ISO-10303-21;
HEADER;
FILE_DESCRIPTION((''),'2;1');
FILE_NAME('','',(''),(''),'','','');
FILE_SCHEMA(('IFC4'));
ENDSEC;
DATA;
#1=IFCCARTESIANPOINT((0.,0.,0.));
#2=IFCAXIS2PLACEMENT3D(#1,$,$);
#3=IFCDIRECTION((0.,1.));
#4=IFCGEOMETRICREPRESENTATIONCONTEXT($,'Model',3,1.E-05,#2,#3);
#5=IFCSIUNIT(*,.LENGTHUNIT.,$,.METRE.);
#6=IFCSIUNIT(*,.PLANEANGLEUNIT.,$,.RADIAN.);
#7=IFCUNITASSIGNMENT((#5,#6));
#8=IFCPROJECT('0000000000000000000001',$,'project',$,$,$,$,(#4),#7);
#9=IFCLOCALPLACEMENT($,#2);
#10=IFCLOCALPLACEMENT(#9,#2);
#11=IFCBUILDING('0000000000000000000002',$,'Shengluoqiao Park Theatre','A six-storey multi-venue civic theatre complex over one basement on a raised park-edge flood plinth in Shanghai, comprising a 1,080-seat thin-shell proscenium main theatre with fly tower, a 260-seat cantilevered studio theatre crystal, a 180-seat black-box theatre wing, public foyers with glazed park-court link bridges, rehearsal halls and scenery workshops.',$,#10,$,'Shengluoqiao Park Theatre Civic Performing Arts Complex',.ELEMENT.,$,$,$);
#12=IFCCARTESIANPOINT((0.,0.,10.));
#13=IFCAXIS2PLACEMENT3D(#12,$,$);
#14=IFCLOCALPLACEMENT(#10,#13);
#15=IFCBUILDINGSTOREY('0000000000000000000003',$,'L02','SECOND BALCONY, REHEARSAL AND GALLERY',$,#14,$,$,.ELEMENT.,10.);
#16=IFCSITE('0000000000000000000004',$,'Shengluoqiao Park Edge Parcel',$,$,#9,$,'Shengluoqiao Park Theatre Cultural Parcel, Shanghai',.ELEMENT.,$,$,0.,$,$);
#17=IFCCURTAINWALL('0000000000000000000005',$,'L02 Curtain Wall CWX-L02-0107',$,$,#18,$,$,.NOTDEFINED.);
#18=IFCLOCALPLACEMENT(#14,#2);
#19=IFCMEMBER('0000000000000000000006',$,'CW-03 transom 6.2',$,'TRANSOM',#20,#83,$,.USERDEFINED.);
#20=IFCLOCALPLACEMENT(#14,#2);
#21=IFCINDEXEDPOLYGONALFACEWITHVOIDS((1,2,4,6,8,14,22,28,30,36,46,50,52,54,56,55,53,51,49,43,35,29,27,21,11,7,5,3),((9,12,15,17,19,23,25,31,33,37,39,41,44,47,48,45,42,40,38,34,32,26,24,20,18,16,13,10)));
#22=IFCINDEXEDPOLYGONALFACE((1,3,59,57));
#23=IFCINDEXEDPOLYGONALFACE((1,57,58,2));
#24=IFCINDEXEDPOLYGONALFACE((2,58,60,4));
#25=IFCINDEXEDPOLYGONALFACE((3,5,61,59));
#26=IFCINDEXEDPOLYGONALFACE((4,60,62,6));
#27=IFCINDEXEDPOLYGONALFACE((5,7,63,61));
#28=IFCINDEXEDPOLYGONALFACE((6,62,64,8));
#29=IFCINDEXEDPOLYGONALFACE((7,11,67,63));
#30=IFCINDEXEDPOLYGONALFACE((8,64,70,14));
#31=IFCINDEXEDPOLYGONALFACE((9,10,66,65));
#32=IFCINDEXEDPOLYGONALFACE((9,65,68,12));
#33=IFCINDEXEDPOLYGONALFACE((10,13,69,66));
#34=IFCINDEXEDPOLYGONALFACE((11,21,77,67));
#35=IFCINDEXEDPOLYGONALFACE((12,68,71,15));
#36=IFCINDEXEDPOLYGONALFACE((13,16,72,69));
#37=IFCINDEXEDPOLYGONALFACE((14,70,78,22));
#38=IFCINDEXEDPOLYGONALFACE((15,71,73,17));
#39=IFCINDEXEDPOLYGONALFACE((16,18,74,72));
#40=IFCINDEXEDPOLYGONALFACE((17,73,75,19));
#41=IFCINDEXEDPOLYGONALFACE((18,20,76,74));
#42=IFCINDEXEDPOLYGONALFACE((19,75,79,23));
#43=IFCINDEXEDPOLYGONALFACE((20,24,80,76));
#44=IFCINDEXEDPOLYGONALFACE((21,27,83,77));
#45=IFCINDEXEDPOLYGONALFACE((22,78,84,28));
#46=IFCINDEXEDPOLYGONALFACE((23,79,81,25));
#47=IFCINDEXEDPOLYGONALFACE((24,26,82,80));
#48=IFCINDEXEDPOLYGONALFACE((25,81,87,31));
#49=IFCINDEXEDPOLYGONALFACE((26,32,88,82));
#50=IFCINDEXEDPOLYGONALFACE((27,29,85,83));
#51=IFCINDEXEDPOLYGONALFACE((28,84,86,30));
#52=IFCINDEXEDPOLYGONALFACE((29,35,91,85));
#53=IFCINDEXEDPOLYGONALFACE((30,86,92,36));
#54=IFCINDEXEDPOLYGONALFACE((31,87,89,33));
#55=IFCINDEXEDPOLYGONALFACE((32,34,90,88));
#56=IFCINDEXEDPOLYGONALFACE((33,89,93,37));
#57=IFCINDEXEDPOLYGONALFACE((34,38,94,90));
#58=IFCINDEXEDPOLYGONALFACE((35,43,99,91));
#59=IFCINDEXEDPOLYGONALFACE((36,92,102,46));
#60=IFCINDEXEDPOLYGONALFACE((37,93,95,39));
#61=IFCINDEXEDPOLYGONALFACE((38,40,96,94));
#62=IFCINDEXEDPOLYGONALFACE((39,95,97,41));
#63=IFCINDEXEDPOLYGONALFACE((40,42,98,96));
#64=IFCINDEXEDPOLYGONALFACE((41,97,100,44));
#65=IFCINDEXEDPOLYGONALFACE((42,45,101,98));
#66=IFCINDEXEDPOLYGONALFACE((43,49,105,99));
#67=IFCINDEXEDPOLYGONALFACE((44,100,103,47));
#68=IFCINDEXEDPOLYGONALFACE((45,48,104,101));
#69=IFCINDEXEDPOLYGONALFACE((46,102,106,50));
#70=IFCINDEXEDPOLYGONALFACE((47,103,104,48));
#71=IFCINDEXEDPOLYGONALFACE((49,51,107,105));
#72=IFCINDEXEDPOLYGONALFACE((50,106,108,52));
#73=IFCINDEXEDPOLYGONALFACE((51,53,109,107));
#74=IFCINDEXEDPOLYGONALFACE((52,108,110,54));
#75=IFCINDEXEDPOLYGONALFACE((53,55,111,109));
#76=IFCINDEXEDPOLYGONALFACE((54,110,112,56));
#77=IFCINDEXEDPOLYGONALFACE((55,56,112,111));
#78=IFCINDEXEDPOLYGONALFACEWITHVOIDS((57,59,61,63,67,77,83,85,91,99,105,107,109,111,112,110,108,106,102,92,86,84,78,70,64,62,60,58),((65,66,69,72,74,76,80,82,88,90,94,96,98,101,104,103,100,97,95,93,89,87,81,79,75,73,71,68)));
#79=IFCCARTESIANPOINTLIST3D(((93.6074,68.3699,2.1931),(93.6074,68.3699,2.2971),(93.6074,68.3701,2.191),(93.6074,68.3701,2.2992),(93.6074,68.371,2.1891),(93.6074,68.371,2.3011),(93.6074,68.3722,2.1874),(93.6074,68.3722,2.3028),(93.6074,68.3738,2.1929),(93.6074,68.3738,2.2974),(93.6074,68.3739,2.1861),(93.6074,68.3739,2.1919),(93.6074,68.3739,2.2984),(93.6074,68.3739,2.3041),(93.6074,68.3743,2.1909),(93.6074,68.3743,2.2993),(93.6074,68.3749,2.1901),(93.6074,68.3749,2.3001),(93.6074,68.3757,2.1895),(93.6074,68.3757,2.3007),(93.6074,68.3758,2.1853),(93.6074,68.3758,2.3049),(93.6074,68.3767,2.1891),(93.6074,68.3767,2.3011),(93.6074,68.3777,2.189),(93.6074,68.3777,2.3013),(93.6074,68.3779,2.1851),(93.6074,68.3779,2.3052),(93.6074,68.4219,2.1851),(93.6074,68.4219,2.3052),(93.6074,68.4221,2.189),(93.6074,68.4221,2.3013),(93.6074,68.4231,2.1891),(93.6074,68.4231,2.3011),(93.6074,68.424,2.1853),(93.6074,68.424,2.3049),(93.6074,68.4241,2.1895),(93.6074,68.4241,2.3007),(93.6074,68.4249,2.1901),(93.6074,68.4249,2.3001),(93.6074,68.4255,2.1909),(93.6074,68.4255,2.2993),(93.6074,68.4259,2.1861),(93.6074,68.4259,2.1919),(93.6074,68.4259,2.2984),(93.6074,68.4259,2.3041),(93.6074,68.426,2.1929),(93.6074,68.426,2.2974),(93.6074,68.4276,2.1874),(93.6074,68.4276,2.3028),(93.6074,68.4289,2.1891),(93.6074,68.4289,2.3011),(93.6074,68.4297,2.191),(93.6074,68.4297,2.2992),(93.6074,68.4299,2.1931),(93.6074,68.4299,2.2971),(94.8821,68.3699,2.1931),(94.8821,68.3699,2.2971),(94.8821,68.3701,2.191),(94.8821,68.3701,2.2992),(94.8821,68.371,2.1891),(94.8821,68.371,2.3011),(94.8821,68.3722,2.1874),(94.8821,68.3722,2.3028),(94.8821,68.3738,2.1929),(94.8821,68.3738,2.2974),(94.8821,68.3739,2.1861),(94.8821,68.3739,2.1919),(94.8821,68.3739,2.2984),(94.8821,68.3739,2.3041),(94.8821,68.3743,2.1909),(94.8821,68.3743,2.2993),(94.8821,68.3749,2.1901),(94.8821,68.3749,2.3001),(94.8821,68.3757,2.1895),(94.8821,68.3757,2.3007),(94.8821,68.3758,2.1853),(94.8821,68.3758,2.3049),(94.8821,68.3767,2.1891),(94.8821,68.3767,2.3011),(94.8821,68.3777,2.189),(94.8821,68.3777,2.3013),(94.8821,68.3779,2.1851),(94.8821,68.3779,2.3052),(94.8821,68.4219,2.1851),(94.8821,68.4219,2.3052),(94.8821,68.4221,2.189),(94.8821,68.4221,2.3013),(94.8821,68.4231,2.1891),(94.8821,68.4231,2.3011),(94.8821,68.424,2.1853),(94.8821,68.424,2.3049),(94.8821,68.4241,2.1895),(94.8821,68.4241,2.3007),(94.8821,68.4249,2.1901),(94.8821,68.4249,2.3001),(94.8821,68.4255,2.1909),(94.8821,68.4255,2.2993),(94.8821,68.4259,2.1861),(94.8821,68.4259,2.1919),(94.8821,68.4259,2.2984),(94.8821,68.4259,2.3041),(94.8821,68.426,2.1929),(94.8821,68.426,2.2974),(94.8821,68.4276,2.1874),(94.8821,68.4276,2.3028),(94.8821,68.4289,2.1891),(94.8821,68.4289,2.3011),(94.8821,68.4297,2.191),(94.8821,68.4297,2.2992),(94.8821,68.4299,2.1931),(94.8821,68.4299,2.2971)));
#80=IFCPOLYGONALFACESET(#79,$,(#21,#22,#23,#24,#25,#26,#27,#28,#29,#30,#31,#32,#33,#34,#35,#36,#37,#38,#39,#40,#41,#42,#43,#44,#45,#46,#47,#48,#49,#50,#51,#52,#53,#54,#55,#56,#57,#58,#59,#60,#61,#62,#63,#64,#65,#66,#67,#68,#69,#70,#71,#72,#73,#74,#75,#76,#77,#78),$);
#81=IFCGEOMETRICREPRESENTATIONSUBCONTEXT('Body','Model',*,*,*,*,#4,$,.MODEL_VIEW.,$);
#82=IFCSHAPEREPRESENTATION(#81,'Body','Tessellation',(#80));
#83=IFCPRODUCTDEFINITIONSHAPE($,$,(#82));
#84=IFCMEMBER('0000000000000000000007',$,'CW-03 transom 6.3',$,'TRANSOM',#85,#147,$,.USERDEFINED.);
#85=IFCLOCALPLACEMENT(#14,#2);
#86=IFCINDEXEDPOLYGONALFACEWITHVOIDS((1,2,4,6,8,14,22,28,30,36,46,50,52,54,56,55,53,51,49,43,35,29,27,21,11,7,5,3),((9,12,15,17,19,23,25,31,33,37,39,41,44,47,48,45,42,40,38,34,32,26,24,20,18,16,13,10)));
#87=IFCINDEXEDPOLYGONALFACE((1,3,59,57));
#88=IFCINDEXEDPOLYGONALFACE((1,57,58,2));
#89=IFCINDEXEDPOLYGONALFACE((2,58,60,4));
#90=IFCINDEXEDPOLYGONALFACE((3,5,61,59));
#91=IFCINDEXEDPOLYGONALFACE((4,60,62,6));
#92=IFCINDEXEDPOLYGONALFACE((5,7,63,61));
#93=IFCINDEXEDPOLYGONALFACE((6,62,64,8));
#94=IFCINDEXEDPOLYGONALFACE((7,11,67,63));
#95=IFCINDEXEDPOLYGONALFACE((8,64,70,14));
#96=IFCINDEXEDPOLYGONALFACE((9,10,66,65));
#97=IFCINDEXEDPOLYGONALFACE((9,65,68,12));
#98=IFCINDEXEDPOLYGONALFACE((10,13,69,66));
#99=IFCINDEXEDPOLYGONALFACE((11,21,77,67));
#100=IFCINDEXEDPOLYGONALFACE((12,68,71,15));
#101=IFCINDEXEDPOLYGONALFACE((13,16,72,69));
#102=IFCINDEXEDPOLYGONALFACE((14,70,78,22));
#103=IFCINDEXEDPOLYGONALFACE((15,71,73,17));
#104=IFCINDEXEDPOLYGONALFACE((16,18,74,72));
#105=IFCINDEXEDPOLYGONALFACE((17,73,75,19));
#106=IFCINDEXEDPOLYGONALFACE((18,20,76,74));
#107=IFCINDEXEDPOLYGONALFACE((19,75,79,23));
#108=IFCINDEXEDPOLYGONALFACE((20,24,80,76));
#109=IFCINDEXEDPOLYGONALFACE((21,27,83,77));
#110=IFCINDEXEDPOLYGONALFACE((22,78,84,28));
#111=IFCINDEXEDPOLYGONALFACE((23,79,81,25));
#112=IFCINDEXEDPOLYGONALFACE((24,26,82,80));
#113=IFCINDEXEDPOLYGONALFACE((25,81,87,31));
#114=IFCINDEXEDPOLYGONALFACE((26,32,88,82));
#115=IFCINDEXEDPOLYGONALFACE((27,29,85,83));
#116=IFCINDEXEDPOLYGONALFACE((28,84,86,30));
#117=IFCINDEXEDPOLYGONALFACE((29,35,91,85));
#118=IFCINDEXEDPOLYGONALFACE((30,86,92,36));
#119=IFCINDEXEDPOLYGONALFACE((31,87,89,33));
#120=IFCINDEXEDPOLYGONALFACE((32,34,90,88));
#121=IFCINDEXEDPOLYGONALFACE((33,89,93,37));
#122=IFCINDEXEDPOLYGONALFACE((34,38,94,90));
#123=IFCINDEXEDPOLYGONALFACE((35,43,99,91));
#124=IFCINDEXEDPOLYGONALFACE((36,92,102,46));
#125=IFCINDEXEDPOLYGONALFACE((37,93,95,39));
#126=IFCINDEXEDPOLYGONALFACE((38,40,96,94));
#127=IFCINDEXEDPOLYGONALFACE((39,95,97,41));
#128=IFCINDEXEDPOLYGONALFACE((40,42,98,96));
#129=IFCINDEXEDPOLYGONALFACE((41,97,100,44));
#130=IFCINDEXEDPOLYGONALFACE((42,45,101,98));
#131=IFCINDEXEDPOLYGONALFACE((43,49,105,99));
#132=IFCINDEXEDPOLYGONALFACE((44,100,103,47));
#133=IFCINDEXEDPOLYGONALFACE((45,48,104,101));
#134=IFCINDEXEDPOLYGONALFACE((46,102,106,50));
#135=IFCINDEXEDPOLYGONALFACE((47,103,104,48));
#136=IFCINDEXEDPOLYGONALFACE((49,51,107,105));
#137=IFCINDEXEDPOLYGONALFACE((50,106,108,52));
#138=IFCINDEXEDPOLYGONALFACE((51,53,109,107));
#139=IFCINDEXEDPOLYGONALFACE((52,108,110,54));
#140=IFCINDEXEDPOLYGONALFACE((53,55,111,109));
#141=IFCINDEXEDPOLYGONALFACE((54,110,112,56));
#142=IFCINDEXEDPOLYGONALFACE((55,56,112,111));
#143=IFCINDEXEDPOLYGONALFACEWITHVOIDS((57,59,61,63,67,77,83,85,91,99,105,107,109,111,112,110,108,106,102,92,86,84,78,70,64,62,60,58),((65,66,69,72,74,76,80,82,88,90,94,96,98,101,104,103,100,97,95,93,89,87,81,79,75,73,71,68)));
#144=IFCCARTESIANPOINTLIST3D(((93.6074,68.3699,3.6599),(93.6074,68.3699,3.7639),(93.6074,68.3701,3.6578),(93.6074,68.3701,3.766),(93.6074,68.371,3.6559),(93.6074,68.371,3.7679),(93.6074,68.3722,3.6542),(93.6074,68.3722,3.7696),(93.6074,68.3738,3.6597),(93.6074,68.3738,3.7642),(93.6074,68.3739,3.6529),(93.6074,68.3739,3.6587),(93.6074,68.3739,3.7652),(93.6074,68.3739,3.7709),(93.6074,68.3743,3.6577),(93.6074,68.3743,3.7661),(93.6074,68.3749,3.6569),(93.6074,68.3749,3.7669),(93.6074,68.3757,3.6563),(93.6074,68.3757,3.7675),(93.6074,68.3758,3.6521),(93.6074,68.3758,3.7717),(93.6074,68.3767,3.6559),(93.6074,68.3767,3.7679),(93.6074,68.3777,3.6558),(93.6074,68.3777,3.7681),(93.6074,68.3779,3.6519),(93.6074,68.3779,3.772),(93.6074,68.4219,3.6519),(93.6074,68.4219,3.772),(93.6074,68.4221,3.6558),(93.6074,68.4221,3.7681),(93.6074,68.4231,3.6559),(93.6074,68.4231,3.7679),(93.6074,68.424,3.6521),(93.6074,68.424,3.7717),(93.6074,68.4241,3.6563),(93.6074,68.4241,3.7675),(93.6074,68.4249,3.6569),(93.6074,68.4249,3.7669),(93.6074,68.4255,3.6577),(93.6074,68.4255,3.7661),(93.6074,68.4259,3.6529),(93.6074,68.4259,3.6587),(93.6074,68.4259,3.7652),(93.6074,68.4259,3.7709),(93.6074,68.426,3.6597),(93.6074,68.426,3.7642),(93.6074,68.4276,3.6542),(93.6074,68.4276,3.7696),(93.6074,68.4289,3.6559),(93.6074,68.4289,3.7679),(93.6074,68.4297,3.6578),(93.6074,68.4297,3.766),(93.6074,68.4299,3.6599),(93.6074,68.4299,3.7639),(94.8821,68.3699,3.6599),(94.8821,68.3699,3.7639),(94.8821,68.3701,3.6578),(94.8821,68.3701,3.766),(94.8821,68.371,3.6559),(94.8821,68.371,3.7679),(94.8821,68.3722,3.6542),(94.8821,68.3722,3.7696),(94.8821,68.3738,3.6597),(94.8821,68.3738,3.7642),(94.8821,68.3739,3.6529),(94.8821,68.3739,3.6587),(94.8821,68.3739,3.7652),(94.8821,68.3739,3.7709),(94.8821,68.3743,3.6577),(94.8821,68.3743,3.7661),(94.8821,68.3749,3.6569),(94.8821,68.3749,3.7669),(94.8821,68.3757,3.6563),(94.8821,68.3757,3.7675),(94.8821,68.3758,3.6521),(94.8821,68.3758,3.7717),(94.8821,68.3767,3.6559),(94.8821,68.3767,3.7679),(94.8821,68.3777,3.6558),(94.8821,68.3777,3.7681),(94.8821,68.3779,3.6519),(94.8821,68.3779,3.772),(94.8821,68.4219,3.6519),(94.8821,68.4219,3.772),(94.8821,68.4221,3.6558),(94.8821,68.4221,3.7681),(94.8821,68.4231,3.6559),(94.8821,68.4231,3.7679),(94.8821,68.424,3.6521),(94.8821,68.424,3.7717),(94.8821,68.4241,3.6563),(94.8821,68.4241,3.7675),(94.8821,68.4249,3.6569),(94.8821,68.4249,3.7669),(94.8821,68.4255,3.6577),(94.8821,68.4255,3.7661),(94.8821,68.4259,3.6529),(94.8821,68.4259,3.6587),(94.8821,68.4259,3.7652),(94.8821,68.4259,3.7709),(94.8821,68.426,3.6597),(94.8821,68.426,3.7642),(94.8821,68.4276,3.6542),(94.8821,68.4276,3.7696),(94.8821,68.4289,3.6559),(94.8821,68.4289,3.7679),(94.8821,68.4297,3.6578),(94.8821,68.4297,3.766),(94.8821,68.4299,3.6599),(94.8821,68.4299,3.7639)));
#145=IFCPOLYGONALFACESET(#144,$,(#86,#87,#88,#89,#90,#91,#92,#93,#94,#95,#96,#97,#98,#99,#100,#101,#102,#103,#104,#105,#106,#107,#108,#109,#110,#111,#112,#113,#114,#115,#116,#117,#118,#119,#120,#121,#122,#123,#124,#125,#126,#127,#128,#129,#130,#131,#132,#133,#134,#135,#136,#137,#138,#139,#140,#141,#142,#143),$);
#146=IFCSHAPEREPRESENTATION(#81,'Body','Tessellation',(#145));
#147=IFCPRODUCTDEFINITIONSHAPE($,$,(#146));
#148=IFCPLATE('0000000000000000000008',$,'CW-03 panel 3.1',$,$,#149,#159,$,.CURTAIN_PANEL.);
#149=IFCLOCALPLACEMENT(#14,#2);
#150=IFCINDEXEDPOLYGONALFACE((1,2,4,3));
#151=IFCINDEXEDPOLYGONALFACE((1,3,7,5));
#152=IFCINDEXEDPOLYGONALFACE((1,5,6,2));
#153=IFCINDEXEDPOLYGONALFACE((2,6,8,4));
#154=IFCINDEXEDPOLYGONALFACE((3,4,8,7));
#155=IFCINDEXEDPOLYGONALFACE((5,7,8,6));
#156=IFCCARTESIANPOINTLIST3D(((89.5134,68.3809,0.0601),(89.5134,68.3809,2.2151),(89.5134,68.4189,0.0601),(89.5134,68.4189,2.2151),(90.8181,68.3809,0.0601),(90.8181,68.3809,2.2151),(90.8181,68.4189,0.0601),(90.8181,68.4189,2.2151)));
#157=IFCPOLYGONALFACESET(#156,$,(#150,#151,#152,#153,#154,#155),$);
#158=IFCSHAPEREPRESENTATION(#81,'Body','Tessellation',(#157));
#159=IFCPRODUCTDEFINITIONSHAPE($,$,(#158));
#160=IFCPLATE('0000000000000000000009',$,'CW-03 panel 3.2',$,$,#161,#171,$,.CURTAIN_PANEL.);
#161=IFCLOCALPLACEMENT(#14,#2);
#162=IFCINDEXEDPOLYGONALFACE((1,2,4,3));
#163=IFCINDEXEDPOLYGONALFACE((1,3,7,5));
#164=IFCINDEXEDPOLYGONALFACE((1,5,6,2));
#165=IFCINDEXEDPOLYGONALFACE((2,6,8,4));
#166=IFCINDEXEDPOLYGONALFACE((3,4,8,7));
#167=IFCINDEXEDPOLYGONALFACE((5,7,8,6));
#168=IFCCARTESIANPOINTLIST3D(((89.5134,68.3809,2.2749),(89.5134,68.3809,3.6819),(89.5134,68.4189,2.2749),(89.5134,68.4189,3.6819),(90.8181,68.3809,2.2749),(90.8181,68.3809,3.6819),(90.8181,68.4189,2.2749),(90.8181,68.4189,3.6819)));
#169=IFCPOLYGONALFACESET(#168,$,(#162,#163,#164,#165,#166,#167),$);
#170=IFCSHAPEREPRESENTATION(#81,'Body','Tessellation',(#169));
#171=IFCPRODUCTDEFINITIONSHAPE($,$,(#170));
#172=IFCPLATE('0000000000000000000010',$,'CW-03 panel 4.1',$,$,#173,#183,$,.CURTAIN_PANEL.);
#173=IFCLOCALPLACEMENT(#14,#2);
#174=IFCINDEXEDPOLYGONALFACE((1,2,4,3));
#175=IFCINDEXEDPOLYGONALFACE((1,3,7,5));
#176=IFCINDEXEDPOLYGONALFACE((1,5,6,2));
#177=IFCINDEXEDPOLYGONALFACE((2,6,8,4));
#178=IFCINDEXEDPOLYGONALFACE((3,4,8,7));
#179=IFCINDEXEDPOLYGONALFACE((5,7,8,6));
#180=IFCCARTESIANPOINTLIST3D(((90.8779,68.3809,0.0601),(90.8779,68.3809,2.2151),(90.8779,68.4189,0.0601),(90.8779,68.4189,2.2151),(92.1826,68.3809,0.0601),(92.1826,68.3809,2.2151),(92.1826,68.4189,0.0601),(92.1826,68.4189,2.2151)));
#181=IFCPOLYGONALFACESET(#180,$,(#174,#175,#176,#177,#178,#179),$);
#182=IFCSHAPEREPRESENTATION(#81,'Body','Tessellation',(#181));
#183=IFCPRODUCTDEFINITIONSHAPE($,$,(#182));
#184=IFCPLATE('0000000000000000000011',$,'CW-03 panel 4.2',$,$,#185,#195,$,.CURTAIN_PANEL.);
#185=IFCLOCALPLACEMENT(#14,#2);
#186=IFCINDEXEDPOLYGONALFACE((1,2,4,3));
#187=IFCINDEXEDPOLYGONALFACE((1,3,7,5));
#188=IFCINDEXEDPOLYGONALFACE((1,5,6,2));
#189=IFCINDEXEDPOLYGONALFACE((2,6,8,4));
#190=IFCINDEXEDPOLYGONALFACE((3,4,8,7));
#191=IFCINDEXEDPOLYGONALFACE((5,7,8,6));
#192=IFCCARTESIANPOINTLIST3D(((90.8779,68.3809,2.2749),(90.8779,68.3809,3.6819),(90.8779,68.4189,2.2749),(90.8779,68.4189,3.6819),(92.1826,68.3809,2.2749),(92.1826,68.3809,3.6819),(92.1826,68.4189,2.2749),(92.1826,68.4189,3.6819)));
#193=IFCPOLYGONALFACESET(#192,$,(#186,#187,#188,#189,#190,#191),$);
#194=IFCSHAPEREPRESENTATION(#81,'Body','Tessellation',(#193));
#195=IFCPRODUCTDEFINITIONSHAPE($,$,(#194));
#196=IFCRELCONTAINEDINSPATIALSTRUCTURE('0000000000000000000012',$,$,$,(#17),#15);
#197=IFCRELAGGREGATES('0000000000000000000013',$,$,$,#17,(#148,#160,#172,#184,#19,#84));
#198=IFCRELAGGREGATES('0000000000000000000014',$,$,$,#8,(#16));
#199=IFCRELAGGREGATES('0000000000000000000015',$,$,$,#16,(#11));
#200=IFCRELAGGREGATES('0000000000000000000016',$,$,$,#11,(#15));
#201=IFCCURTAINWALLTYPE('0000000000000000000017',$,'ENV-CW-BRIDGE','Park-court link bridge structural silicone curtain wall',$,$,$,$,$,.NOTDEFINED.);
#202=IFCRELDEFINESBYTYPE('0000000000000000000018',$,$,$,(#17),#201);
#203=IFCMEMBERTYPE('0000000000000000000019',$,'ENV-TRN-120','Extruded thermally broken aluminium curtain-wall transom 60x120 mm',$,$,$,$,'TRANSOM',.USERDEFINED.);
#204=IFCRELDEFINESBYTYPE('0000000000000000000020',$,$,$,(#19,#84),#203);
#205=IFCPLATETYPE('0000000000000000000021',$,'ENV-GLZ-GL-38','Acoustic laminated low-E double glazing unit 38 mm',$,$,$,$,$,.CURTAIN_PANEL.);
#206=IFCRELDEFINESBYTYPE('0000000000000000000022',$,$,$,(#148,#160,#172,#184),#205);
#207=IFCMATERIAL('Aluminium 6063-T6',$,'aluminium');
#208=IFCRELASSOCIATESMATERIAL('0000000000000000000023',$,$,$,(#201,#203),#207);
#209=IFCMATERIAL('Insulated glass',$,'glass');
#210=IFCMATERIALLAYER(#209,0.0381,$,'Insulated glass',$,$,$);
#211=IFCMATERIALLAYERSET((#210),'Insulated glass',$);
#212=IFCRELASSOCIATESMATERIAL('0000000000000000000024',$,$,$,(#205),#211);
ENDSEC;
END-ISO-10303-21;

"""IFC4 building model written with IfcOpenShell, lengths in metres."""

from ifc_helpers import new_model, si_unit, direction, frame, origin, origin_2d, place, context, subcontext, project, spatial, rectangle, hollow_rectangle, extrude, material, layer, layer_set, material_profile, profile_set, type_object, element, aggregate, save


model = new_model("IFC4")

# Units and contexts
model_context = context("Model", 3, precision=1e-05, world=origin(), true_north=direction((0.0, 1.0)))
body_context = subcontext(model_context, "Body", "Model", "MODEL_VIEW")
ifc_project = project(units=[si_unit("LENGTHUNIT", "METRE"), si_unit("PLANEANGLEUNIT", "RADIAN")], contexts=[model_context])

# Site, building, storey
site_placement = place(None, origin())
site = spatial("IfcSite", under=ifc_project, at=site_placement, Name="Shengluoqiao Park Edge Parcel", LongName="Shengluoqiao Park Theatre Cultural Parcel, Shanghai", CompositionType="ELEMENT", RefElevation=0.0)
building_placement = place(site_placement, origin())
building = spatial("IfcBuilding", under=site, at=building_placement, Name="Shengluoqiao Park Theatre", Description="A six-storey multi-venue civic theatre complex over one basement on a raised park-edge flood plinth in Shanghai, comprising a 1,080-seat thin-shell proscenium main theatre with fly tower, a 260-seat cantilevered studio theatre crystal, a 180-seat black-box theatre wing, public foyers with glazed park-court link bridges, rehearsal halls and scenery workshops.", LongName="Shengluoqiao Park Theatre Civic Performing Arts Complex", CompositionType="ELEMENT")
storey_placement = place(building_placement, frame((0.0, 0.0, 10.0)))
storey = spatial("IfcBuildingStorey", under=building, at=storey_placement, Name="L02", Description="SECOND BALCONY, REHEARSAL AND GALLERY", CompositionType="ELEMENT", Elevation=10.0)

# Curtain wall, members, plates
ifc_material_1 = material(Name="Aluminium 6063-T6", Category="aluminium")
curtain_wall_type = type_object("IfcCurtainWallType", Name="ENV-CW-BRIDGE", Description="Park-court link bridge structural silicone curtain wall", PredefinedType="NOTDEFINED", material=ifc_material_1)
curtain_wall_placement = place(storey_placement, origin())
curtain_wall = element("IfcCurtainWall", 1, at=curtain_wall_placement, inside=storey, type_object=curtain_wall_type, Name="L02 Curtain Wall CWX-L02-0107", PredefinedType="NOTDEFINED")
ifc_material_profile_1 = material_profile(ifc_material_1, hollow_rectangle(XDim=0.0601, YDim=0.1201, WallThickness=0.0039, InnerFilletRadius=0.0039, OuterFilletRadius=0.0081, at=origin_2d()), Name="ALU TRANSOM 120x60x4")
ifc_profile_set_1 = profile_set([ifc_material_profile_1], Name="Aluminium 6063-T6")
member_type_1 = type_object("IfcMemberType", Name="ENV-TRN-120", Description="Extruded thermally broken aluminium curtain-wall transom 60x120 mm", ElementType="TRANSOM", PredefinedType="USERDEFINED", material=ifc_profile_set_1)
member_1_placement = place(storey_placement, frame((93.6074, 68.3999, 2.2451), z_axis=(1.0, 0.0, 0.0), x_axis=(0.0, 1.0, 0.0)))
member_1 = element("IfcMember", 2, at=member_1_placement, type_object=member_type_1, Name="CW-03 transom 6.2", ObjectType="TRANSOM", PredefinedType="USERDEFINED", context=body_context, shape_type="SweptSolid", body=[
    extrude(hollow_rectangle(XDim=0.0601, YDim=0.1201, WallThickness=0.0039, InnerFilletRadius=0.0039, OuterFilletRadius=0.0081, at=origin_2d()), origin(), (0.0, 0.0, 1.0), 1.2747),
])
member_2_placement = place(storey_placement, frame((93.6074, 68.3999, 3.7119), z_axis=(1.0, 0.0, 0.0), x_axis=(0.0, 1.0, 0.0)))
member_2 = element("IfcMember", 3, at=member_2_placement, type_object=member_type_1, Name="CW-03 transom 6.3", ObjectType="TRANSOM", PredefinedType="USERDEFINED", context=body_context, shape_type="SweptSolid", body=[
    extrude(hollow_rectangle(XDim=0.0601, YDim=0.1201, WallThickness=0.0039, InnerFilletRadius=0.0039, OuterFilletRadius=0.0081, at=origin_2d()), origin(), (0.0, 0.0, 1.0), 1.2747),
])
ifc_material_2 = material(Name="Insulated glass", Category="glass")
ifc_layer_1 = layer(ifc_material_2, 0.0381, Name="Insulated glass")
ifc_layer_set_1 = layer_set([ifc_layer_1], Name="Insulated glass")
plate_type_1 = type_object("IfcPlateType", Name="ENV-GLZ-GL-38", Description="Acoustic laminated low-E double glazing unit 38 mm", PredefinedType="CURTAIN_PANEL", material=ifc_layer_set_1)
plate_1_placement = place(storey_placement, frame((90.1658, 68.3999, 0.0601), z_axis=(0.0, 0.0, 1.0), x_axis=(1.0, 0.0, 0.0)))
plate_1 = element("IfcPlate", 4, at=plate_1_placement, type_object=plate_type_1, Name="CW-03 panel 3.1", PredefinedType="CURTAIN_PANEL", context=body_context, shape_type="SweptSolid", body=[
    extrude(rectangle(XDim=1.3047, YDim=0.0381, at=origin_2d()), origin(), (0.0, 0.0, 1.0), 2.155),
])
plate_2_placement = place(storey_placement, frame((90.1658, 68.3999, 2.2749), z_axis=(0.0, 0.0, 1.0), x_axis=(1.0, 0.0, 0.0)))
plate_2 = element("IfcPlate", 5, at=plate_2_placement, type_object=plate_type_1, Name="CW-03 panel 3.2", PredefinedType="CURTAIN_PANEL", context=body_context, shape_type="SweptSolid", body=[
    extrude(rectangle(XDim=1.3047, YDim=0.0381, at=origin_2d()), origin(), (0.0, 0.0, 1.0), 1.407),
])
plate_3_placement = place(storey_placement, frame((91.5303, 68.3999, 0.0601), z_axis=(0.0, 0.0, 1.0), x_axis=(1.0, 0.0, 0.0)))
plate_3 = element("IfcPlate", 6, at=plate_3_placement, type_object=plate_type_1, Name="CW-03 panel 4.1", PredefinedType="CURTAIN_PANEL", context=body_context, shape_type="SweptSolid", body=[
    extrude(rectangle(XDim=1.3047, YDim=0.0381, at=origin_2d()), origin(), (0.0, 0.0, 1.0), 2.155),
])
plate_4_placement = place(storey_placement, frame((91.5303, 68.3999, 2.2749), z_axis=(0.0, 0.0, 1.0), x_axis=(1.0, 0.0, 0.0)))
plate_4 = element("IfcPlate", 7, at=plate_4_placement, type_object=plate_type_1, Name="CW-03 panel 4.2", PredefinedType="CURTAIN_PANEL", context=body_context, shape_type="SweptSolid", body=[
    extrude(rectangle(XDim=1.3047, YDim=0.0381, at=origin_2d()), origin(), (0.0, 0.0, 1.0), 1.407),
])
aggregate(curtain_wall, [plate_1, plate_2, plate_3, plate_4, member_1, member_2])

save(model, "model.ifc")
